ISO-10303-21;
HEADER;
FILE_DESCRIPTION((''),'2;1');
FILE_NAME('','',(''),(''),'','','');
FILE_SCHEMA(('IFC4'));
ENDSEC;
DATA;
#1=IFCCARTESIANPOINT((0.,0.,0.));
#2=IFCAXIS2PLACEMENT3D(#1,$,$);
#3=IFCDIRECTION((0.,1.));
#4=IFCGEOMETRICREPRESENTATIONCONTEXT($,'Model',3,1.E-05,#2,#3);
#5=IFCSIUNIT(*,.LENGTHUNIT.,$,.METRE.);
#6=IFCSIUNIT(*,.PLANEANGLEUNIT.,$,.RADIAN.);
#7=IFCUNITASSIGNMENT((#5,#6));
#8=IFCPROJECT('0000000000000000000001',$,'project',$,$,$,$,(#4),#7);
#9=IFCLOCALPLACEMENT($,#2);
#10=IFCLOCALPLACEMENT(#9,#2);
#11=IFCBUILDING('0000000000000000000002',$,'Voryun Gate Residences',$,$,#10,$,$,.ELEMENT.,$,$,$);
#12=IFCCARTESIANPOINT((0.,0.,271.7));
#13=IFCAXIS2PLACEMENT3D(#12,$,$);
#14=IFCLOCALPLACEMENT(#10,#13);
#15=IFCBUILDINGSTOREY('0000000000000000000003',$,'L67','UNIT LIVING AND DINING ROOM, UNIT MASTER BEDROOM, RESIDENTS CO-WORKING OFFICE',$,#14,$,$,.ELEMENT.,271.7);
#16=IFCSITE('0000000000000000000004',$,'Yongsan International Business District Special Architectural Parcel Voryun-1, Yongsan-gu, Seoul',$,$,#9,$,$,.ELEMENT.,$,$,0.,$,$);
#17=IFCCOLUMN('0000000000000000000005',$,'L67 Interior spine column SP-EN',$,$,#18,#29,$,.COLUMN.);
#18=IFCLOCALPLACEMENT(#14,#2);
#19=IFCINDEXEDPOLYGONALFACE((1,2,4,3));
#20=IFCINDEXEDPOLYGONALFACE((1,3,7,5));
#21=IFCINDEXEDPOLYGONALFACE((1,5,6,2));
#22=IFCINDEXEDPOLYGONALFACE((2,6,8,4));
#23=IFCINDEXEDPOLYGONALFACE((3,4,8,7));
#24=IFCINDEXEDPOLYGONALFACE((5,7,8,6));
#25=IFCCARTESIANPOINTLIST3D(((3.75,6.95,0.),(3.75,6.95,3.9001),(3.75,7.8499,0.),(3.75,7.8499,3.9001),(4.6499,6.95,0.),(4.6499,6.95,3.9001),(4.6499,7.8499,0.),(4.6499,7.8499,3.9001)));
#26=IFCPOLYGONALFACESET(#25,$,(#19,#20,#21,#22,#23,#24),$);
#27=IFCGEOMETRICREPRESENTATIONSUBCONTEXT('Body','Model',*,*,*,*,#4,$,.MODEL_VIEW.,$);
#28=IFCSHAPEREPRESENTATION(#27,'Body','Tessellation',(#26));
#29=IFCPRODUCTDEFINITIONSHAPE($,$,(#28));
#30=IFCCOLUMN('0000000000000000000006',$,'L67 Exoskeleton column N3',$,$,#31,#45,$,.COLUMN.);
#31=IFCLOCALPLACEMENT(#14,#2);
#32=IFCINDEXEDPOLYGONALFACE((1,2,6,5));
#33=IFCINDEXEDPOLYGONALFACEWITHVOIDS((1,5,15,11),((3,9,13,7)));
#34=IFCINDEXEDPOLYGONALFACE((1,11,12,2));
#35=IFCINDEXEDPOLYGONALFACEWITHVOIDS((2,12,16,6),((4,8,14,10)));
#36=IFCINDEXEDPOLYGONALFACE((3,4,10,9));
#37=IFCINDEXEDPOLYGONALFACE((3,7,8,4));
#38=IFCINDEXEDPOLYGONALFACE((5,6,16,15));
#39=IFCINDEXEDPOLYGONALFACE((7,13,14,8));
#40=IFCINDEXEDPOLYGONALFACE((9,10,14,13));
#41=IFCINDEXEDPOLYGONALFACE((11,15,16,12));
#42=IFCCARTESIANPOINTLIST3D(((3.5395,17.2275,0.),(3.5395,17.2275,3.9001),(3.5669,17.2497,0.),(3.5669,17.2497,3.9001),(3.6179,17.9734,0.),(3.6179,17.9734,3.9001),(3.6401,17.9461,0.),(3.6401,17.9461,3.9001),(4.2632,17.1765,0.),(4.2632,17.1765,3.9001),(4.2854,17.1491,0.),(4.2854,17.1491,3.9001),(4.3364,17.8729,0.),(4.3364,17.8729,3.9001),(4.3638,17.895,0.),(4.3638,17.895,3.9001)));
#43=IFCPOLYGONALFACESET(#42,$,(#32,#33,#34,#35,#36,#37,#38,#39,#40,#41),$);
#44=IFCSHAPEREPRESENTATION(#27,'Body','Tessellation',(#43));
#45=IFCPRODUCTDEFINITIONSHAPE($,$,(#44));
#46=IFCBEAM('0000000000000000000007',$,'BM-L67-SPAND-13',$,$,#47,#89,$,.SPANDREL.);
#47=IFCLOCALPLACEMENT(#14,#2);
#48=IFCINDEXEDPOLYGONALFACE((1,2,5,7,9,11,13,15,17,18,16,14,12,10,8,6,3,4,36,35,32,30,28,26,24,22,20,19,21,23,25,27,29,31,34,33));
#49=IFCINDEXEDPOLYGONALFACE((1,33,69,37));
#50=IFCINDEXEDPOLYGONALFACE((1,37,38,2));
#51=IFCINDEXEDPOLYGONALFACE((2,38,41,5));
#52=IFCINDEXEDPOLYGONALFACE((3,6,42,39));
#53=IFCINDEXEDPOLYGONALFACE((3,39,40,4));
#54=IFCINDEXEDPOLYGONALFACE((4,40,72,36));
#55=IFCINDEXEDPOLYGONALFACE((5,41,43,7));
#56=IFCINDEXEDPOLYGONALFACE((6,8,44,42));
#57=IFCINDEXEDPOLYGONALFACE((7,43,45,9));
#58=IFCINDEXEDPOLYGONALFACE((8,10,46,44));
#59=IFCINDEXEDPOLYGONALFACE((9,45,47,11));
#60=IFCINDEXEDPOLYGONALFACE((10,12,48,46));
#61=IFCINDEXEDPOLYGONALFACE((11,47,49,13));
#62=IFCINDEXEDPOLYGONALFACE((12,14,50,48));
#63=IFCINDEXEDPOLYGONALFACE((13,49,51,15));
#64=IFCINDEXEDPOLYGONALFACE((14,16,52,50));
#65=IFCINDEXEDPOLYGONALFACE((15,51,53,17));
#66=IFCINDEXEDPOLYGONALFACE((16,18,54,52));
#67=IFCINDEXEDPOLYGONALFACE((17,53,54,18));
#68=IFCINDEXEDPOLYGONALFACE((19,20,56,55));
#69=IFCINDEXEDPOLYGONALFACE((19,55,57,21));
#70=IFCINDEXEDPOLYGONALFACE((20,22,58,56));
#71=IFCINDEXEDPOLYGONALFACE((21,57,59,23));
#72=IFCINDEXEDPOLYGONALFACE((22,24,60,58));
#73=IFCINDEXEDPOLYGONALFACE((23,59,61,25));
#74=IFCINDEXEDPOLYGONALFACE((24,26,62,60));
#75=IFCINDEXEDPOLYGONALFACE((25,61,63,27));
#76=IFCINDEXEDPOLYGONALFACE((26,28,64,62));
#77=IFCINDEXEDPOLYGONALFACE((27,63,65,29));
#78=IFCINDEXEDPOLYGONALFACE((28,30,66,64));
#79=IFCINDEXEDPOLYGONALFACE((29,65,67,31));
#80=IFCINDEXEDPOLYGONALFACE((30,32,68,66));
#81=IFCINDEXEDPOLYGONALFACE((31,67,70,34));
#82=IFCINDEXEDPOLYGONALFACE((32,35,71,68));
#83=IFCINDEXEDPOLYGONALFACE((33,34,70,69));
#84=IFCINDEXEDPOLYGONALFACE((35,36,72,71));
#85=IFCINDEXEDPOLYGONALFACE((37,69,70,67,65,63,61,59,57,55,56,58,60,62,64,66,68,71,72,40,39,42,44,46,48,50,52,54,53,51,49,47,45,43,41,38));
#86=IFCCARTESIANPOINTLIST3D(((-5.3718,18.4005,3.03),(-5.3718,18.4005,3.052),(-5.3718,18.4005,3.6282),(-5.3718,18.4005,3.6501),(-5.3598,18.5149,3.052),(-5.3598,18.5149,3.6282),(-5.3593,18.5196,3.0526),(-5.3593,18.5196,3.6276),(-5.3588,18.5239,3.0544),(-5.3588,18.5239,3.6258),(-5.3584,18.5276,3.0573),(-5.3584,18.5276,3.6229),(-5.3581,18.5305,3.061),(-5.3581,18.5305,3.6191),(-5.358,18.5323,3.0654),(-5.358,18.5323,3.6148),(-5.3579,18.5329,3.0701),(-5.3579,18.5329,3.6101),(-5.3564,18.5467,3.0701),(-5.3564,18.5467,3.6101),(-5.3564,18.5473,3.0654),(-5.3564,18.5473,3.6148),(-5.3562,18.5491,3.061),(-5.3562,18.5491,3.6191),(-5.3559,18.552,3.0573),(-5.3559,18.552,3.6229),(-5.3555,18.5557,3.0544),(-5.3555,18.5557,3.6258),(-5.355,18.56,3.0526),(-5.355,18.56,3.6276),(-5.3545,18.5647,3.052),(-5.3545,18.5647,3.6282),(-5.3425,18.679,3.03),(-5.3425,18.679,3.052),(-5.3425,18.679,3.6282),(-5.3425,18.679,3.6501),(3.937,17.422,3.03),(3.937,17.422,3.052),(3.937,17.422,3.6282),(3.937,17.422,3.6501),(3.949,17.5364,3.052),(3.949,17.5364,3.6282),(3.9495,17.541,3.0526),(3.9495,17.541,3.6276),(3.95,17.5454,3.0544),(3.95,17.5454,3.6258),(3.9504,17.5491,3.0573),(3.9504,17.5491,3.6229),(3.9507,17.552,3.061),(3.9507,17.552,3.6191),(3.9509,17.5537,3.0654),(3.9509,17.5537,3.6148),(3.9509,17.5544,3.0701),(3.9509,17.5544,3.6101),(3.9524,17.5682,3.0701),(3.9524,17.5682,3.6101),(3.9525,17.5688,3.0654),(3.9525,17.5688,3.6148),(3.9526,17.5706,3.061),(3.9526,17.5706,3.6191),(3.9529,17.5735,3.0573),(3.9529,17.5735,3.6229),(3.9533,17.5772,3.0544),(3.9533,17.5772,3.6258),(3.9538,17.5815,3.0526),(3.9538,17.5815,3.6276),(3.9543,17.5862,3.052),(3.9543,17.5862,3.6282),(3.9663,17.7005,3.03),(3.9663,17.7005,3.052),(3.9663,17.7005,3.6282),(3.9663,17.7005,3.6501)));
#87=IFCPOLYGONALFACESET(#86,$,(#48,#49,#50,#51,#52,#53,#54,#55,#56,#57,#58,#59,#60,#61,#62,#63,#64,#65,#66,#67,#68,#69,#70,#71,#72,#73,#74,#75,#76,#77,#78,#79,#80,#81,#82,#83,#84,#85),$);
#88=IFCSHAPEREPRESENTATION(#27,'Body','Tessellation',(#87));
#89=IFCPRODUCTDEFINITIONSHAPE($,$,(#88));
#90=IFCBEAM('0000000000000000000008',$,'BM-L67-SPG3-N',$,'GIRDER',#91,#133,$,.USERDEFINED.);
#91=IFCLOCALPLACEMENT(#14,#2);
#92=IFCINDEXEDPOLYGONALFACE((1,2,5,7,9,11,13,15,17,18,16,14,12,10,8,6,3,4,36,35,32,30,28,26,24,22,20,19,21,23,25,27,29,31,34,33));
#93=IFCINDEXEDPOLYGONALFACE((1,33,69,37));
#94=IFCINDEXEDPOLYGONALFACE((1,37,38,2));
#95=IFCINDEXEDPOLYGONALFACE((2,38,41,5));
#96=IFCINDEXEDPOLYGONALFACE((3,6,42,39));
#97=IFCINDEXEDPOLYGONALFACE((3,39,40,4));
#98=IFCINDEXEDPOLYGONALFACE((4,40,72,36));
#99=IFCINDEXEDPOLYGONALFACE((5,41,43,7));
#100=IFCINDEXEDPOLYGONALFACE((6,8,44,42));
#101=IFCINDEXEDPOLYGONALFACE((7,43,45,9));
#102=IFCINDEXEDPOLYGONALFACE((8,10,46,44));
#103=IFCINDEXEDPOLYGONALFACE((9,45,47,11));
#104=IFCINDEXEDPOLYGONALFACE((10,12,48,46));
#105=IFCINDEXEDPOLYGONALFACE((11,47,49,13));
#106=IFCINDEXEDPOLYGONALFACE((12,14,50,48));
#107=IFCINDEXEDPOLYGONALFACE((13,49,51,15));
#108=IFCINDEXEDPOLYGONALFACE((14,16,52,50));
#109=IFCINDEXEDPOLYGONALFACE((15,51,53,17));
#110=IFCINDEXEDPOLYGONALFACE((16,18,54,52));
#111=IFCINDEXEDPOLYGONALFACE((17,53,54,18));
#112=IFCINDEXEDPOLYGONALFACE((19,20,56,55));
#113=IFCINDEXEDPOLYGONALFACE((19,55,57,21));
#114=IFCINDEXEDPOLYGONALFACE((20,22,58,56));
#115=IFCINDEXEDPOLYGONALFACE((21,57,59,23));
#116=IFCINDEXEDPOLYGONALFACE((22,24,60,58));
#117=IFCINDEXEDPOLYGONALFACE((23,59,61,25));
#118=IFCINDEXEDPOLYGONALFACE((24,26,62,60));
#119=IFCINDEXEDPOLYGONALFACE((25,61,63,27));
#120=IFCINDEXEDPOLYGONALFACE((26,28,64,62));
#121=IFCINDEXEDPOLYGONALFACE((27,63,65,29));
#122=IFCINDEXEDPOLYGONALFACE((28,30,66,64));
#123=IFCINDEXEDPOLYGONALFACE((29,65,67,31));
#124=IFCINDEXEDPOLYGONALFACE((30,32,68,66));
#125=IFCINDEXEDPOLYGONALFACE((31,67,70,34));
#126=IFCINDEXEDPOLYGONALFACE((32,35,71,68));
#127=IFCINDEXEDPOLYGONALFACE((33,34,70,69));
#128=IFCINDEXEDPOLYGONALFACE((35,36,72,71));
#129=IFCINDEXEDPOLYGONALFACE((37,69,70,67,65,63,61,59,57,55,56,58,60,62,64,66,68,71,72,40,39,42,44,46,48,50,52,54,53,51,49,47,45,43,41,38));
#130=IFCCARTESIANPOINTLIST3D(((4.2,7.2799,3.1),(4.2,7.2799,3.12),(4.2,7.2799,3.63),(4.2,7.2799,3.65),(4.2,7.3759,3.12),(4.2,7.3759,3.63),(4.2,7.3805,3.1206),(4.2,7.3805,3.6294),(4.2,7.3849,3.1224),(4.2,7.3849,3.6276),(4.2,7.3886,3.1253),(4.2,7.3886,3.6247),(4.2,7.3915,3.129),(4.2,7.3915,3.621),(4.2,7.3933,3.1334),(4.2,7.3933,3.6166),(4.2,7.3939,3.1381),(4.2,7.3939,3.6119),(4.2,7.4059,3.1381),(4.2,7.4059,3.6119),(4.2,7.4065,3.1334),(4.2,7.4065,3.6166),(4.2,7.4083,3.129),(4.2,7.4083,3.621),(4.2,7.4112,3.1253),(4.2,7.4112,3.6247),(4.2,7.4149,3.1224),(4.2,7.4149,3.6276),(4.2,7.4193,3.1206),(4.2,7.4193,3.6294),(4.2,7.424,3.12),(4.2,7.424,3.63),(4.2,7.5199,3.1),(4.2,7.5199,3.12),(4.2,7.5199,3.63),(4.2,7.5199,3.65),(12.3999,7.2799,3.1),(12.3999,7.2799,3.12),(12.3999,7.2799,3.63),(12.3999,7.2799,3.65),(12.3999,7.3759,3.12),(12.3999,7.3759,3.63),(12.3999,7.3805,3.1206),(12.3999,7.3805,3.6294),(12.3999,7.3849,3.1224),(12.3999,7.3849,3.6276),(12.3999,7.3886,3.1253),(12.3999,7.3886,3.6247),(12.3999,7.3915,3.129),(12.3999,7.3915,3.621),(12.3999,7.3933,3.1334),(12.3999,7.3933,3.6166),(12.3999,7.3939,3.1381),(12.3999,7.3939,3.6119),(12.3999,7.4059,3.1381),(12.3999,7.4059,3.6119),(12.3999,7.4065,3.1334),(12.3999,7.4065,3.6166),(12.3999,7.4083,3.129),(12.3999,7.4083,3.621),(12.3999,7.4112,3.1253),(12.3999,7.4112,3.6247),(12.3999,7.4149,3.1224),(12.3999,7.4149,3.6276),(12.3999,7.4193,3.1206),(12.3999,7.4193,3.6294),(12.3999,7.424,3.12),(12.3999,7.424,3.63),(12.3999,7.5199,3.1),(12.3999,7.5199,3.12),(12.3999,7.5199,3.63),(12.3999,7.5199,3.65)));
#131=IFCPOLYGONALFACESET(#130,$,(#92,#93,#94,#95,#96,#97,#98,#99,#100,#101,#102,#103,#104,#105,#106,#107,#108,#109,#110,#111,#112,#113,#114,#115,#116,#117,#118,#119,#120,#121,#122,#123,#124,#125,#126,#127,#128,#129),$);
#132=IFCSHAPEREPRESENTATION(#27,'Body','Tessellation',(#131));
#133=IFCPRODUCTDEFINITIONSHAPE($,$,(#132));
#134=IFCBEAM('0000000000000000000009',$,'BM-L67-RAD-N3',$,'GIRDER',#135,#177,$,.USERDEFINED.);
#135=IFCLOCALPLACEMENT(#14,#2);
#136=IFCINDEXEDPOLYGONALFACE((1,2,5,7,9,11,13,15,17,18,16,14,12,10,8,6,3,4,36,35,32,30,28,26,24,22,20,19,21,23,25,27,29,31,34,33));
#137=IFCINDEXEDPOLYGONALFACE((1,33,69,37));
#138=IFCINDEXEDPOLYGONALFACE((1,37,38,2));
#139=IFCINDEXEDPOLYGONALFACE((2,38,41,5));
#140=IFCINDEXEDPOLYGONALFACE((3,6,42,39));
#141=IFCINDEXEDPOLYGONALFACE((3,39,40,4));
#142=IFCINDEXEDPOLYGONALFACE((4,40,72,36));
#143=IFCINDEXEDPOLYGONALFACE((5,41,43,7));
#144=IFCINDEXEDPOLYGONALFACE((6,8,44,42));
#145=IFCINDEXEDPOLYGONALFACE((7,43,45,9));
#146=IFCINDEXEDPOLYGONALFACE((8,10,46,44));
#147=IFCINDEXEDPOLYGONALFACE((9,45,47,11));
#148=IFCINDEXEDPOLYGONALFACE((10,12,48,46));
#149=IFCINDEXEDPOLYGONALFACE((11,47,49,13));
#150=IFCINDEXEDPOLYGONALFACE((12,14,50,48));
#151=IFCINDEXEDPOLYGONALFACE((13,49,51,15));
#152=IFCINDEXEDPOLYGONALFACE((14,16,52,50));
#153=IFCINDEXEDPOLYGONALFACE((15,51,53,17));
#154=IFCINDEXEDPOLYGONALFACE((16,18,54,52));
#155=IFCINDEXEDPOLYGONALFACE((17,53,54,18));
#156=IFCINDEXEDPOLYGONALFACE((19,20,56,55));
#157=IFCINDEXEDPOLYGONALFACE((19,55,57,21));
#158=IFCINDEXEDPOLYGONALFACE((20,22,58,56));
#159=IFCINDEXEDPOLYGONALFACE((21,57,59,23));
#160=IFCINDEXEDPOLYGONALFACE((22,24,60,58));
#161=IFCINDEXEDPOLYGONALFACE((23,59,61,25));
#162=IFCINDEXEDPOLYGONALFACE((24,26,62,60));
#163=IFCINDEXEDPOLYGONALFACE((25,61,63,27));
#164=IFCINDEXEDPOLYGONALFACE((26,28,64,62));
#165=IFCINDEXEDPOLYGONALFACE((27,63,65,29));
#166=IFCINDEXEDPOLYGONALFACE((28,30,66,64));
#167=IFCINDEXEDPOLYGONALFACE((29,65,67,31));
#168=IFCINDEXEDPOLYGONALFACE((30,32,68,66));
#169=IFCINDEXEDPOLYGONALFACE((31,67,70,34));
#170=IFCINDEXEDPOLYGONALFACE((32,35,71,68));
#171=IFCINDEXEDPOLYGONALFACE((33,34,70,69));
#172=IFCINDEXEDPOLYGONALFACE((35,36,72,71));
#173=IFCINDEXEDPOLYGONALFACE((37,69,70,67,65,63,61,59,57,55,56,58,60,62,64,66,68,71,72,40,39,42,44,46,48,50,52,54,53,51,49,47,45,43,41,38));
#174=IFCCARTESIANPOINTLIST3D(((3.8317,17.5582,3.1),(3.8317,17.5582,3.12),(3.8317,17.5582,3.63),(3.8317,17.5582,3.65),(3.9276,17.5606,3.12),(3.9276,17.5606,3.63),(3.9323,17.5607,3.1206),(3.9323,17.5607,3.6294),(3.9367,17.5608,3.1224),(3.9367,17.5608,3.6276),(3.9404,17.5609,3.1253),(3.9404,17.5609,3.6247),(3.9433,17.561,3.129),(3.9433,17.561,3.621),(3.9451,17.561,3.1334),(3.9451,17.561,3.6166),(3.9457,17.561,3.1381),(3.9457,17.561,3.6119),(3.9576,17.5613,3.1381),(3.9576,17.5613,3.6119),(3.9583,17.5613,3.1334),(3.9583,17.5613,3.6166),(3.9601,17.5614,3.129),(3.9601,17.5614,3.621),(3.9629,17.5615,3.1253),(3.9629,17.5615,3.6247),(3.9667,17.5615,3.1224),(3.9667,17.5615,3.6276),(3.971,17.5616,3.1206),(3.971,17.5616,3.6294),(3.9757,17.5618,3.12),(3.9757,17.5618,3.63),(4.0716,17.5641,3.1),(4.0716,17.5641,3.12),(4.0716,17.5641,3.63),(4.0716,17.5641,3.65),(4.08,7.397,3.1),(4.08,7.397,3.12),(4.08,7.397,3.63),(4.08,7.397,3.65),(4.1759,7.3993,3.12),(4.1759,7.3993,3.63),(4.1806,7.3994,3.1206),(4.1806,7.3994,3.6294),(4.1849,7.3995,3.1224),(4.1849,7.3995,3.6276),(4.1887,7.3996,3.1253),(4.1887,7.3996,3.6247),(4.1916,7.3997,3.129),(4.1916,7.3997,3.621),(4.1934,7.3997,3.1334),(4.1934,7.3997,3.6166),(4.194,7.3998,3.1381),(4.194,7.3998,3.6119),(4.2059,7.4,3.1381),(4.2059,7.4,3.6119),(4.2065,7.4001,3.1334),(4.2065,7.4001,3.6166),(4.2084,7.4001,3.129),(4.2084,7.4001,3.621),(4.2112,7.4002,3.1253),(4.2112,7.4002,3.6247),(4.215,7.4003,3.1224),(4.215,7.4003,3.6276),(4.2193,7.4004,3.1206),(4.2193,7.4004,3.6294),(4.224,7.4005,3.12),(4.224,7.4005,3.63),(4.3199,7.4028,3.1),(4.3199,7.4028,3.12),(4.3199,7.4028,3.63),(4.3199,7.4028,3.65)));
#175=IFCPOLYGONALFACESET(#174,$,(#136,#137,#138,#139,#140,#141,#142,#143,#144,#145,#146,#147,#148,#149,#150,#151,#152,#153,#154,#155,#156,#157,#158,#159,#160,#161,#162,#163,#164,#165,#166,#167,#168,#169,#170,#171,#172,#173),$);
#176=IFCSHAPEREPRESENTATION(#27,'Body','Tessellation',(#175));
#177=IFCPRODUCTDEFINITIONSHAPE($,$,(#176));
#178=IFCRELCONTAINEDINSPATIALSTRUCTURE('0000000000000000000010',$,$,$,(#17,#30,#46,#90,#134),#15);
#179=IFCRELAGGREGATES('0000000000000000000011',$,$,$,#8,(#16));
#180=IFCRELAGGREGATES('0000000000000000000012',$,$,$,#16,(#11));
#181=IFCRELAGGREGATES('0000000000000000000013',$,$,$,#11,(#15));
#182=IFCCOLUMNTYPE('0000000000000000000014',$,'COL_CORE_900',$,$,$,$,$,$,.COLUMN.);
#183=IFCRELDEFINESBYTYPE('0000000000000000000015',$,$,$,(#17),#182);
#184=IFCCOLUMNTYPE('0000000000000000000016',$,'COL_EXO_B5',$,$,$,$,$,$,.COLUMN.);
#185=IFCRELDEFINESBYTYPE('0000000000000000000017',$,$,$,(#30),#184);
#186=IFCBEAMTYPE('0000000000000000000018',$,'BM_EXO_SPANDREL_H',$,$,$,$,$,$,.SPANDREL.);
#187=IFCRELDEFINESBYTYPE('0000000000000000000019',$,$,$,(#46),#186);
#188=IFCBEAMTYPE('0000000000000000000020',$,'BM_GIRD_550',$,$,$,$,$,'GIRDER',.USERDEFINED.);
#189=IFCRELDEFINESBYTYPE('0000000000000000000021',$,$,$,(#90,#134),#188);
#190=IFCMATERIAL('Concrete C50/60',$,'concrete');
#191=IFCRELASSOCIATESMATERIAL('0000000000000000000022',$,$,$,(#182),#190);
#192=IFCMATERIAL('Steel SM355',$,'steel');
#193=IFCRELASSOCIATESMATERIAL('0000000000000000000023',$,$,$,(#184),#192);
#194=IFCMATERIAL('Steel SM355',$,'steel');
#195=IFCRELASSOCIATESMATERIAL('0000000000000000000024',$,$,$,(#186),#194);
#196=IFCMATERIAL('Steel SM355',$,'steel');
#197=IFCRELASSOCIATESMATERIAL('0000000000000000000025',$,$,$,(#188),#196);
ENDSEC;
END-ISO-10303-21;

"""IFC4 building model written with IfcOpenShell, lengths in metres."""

from ifc_helpers import new_model, si_unit, direction, frame, origin, origin_2d, place, context, subcontext, project, spatial, rectangle, hollow_rectangle, i_section, extrude, material, material_profile, profile_set, type_object, element, save


model = new_model("IFC4")

# Units and contexts
model_context = context("Model", 3, precision=1e-05, world=origin(), true_north=direction((0.0, 1.0)))
body_context = subcontext(model_context, "Body", "Model", "MODEL_VIEW")
ifc_project = project(units=[si_unit("LENGTHUNIT", "METRE"), si_unit("PLANEANGLEUNIT", "RADIAN")], contexts=[model_context])

# Site, building, storey
site_placement = place(None, origin())
site = spatial("IfcSite", under=ifc_project, at=site_placement, Name="Yongsan International Business District Special Architectural Parcel Voryun-1, Yongsan-gu, Seoul", CompositionType="ELEMENT", RefElevation=0.0)
building_placement = place(site_placement, origin())
building = spatial("IfcBuilding", under=site, at=building_placement, Name="Voryun Gate Residences", CompositionType="ELEMENT")
storey_placement = place(building_placement, frame((0.0, 0.0, 271.7)))
storey = spatial("IfcBuildingStorey", under=building, at=storey_placement, Name="L67", Description="UNIT LIVING AND DINING ROOM, UNIT MASTER BEDROOM, RESIDENTS CO-WORKING OFFICE", CompositionType="ELEMENT", Elevation=271.7)

# Columns
ifc_material_1 = material(Name="Concrete C50/60", Category="concrete")
ifc_material_profile_1 = material_profile(ifc_material_1, rectangle(XDim=0.8999, YDim=0.8999, at=origin_2d()), Name="RC-900x900")
ifc_profile_set_1 = profile_set([ifc_material_profile_1], Name="Concrete C50/60")
column_type_1 = type_object("IfcColumnType", Name="COL_CORE_900", PredefinedType="COLUMN", material=ifc_profile_set_1)
column_1_placement = place(storey_placement, frame((4.2, 7.3999, 0.0), z_axis=(0.0, 0.0, 1.0), x_axis=(1.0, 0.0, 0.0)))
element("IfcColumn", 1, at=column_1_placement, inside=storey, type_object=column_type_1, Name="L67 Interior spine column SP-EN", PredefinedType="COLUMN", context=body_context, shape_type="SweptSolid", body=[
    extrude(rectangle(XDim=0.8999, YDim=0.8999, at=origin_2d()), origin(), (0.0, 0.0, 1.0), 3.9001),
])
ifc_material_2 = material(Name="Steel SM355", Category="steel")
ifc_material_profile_2 = material_profile(ifc_material_2, hollow_rectangle(XDim=0.75, YDim=0.75, WallThickness=0.0249, at=origin_2d()), Name="BOX-750x750x25")
ifc_profile_set_2 = profile_set([ifc_material_profile_2], Name="Steel SM355")
column_type_2 = type_object("IfcColumnType", Name="COL_EXO_B5", PredefinedType="COLUMN", material=ifc_profile_set_2)
column_2_placement = place(storey_placement, frame((3.9517, 17.5613, 0.0), z_axis=(0.0, 0.0, 1.0), x_axis=(0.994522, -0.104528, 0.0)))
element("IfcColumn", 2, at=column_2_placement, inside=storey, type_object=column_type_2, Name="L67 Exoskeleton column N3", PredefinedType="COLUMN", context=body_context, shape_type="SweptSolid", body=[
    extrude(hollow_rectangle(XDim=0.75, YDim=0.75, WallThickness=0.0249, at=origin_2d()), origin(), (0.0, 0.0, 1.0), 3.9001),
])

# Beams
ifc_material_3 = material(Name="Steel SM355", Category="steel")
ifc_material_profile_3 = material_profile(ifc_material_3, i_section(OverallWidth=0.28, OverallDepth=0.6201, WebThickness=0.0139, FlangeThickness=0.022, FilletRadius=0.0181, at=origin_2d()), Name="H-620x280x14x22")
ifc_profile_set_3 = profile_set([ifc_material_profile_3], Name="Steel SM355")
beam_type_1 = type_object("IfcBeamType", Name="BM_EXO_SPANDREL_H", PredefinedType="SPANDREL", material=ifc_profile_set_3)
beam_1_placement = place(storey_placement, frame((3.9517, 17.5613, 3.3401), z_axis=(-0.994521, 0.104541, 0.0), x_axis=(-0.104541, -0.994521, 0.0)))
element("IfcBeam", 3, at=beam_1_placement, inside=storey, type_object=beam_type_1, Name="BM-L67-SPAND-13", PredefinedType="SPANDREL", context=body_context, shape_type="SweptSolid", body=[
    extrude(i_section(OverallWidth=0.28, OverallDepth=0.6201, WebThickness=0.0139, FlangeThickness=0.022, FilletRadius=0.0181, at=origin_2d()), origin(), (0.0, 0.0, 1.0), 9.3601),
])
ifc_material_4 = material(Name="Steel SM355", Category="steel")
ifc_material_profile_4 = material_profile(ifc_material_4, i_section(OverallWidth=0.24, OverallDepth=0.55, WebThickness=0.012, FlangeThickness=0.02, FilletRadius=0.0181, at=origin_2d()), Name="H-550x240x12x20")
ifc_profile_set_4 = profile_set([ifc_material_profile_4], Name="Steel SM355")
beam_type_2 = type_object("IfcBeamType", Name="BM_GIRD_550", ElementType="GIRDER", PredefinedType="USERDEFINED", material=ifc_profile_set_4)
beam_2_placement = place(storey_placement, frame((4.2, 7.3999, 3.375), z_axis=(1.0, 0.0, 0.0), x_axis=(0.0, 1.0, 0.0)))
element("IfcBeam", 4, at=beam_2_placement, inside=storey, type_object=beam_type_2, Name="BM-L67-SPG3-N", ObjectType="GIRDER", PredefinedType="USERDEFINED", context=body_context, shape_type="SweptSolid", body=[
    extrude(i_section(OverallWidth=0.24, OverallDepth=0.55, WebThickness=0.012, FlangeThickness=0.02, FilletRadius=0.0181, at=origin_2d()), origin(), (0.0, 0.0, 1.0), 8.2),
])
beam_3_placement = place(storey_placement, frame((4.2, 7.3999, 3.375), z_axis=(-0.024427, 0.999702, 0.0), x_axis=(-0.999702, -0.024427, 0.0)))
element("IfcBeam", 5, at=beam_3_placement, inside=storey, type_object=beam_type_2, Name="BM-L67-RAD-N3", ObjectType="GIRDER", PredefinedType="USERDEFINED", context=body_context, shape_type="SweptSolid", body=[
    extrude(i_section(OverallWidth=0.24, OverallDepth=0.55, WebThickness=0.012, FlangeThickness=0.02, FilletRadius=0.0181, at=origin_2d()), origin(), (0.0, 0.0, 1.0), 10.1643),
])

save(model, "model.ifc")
